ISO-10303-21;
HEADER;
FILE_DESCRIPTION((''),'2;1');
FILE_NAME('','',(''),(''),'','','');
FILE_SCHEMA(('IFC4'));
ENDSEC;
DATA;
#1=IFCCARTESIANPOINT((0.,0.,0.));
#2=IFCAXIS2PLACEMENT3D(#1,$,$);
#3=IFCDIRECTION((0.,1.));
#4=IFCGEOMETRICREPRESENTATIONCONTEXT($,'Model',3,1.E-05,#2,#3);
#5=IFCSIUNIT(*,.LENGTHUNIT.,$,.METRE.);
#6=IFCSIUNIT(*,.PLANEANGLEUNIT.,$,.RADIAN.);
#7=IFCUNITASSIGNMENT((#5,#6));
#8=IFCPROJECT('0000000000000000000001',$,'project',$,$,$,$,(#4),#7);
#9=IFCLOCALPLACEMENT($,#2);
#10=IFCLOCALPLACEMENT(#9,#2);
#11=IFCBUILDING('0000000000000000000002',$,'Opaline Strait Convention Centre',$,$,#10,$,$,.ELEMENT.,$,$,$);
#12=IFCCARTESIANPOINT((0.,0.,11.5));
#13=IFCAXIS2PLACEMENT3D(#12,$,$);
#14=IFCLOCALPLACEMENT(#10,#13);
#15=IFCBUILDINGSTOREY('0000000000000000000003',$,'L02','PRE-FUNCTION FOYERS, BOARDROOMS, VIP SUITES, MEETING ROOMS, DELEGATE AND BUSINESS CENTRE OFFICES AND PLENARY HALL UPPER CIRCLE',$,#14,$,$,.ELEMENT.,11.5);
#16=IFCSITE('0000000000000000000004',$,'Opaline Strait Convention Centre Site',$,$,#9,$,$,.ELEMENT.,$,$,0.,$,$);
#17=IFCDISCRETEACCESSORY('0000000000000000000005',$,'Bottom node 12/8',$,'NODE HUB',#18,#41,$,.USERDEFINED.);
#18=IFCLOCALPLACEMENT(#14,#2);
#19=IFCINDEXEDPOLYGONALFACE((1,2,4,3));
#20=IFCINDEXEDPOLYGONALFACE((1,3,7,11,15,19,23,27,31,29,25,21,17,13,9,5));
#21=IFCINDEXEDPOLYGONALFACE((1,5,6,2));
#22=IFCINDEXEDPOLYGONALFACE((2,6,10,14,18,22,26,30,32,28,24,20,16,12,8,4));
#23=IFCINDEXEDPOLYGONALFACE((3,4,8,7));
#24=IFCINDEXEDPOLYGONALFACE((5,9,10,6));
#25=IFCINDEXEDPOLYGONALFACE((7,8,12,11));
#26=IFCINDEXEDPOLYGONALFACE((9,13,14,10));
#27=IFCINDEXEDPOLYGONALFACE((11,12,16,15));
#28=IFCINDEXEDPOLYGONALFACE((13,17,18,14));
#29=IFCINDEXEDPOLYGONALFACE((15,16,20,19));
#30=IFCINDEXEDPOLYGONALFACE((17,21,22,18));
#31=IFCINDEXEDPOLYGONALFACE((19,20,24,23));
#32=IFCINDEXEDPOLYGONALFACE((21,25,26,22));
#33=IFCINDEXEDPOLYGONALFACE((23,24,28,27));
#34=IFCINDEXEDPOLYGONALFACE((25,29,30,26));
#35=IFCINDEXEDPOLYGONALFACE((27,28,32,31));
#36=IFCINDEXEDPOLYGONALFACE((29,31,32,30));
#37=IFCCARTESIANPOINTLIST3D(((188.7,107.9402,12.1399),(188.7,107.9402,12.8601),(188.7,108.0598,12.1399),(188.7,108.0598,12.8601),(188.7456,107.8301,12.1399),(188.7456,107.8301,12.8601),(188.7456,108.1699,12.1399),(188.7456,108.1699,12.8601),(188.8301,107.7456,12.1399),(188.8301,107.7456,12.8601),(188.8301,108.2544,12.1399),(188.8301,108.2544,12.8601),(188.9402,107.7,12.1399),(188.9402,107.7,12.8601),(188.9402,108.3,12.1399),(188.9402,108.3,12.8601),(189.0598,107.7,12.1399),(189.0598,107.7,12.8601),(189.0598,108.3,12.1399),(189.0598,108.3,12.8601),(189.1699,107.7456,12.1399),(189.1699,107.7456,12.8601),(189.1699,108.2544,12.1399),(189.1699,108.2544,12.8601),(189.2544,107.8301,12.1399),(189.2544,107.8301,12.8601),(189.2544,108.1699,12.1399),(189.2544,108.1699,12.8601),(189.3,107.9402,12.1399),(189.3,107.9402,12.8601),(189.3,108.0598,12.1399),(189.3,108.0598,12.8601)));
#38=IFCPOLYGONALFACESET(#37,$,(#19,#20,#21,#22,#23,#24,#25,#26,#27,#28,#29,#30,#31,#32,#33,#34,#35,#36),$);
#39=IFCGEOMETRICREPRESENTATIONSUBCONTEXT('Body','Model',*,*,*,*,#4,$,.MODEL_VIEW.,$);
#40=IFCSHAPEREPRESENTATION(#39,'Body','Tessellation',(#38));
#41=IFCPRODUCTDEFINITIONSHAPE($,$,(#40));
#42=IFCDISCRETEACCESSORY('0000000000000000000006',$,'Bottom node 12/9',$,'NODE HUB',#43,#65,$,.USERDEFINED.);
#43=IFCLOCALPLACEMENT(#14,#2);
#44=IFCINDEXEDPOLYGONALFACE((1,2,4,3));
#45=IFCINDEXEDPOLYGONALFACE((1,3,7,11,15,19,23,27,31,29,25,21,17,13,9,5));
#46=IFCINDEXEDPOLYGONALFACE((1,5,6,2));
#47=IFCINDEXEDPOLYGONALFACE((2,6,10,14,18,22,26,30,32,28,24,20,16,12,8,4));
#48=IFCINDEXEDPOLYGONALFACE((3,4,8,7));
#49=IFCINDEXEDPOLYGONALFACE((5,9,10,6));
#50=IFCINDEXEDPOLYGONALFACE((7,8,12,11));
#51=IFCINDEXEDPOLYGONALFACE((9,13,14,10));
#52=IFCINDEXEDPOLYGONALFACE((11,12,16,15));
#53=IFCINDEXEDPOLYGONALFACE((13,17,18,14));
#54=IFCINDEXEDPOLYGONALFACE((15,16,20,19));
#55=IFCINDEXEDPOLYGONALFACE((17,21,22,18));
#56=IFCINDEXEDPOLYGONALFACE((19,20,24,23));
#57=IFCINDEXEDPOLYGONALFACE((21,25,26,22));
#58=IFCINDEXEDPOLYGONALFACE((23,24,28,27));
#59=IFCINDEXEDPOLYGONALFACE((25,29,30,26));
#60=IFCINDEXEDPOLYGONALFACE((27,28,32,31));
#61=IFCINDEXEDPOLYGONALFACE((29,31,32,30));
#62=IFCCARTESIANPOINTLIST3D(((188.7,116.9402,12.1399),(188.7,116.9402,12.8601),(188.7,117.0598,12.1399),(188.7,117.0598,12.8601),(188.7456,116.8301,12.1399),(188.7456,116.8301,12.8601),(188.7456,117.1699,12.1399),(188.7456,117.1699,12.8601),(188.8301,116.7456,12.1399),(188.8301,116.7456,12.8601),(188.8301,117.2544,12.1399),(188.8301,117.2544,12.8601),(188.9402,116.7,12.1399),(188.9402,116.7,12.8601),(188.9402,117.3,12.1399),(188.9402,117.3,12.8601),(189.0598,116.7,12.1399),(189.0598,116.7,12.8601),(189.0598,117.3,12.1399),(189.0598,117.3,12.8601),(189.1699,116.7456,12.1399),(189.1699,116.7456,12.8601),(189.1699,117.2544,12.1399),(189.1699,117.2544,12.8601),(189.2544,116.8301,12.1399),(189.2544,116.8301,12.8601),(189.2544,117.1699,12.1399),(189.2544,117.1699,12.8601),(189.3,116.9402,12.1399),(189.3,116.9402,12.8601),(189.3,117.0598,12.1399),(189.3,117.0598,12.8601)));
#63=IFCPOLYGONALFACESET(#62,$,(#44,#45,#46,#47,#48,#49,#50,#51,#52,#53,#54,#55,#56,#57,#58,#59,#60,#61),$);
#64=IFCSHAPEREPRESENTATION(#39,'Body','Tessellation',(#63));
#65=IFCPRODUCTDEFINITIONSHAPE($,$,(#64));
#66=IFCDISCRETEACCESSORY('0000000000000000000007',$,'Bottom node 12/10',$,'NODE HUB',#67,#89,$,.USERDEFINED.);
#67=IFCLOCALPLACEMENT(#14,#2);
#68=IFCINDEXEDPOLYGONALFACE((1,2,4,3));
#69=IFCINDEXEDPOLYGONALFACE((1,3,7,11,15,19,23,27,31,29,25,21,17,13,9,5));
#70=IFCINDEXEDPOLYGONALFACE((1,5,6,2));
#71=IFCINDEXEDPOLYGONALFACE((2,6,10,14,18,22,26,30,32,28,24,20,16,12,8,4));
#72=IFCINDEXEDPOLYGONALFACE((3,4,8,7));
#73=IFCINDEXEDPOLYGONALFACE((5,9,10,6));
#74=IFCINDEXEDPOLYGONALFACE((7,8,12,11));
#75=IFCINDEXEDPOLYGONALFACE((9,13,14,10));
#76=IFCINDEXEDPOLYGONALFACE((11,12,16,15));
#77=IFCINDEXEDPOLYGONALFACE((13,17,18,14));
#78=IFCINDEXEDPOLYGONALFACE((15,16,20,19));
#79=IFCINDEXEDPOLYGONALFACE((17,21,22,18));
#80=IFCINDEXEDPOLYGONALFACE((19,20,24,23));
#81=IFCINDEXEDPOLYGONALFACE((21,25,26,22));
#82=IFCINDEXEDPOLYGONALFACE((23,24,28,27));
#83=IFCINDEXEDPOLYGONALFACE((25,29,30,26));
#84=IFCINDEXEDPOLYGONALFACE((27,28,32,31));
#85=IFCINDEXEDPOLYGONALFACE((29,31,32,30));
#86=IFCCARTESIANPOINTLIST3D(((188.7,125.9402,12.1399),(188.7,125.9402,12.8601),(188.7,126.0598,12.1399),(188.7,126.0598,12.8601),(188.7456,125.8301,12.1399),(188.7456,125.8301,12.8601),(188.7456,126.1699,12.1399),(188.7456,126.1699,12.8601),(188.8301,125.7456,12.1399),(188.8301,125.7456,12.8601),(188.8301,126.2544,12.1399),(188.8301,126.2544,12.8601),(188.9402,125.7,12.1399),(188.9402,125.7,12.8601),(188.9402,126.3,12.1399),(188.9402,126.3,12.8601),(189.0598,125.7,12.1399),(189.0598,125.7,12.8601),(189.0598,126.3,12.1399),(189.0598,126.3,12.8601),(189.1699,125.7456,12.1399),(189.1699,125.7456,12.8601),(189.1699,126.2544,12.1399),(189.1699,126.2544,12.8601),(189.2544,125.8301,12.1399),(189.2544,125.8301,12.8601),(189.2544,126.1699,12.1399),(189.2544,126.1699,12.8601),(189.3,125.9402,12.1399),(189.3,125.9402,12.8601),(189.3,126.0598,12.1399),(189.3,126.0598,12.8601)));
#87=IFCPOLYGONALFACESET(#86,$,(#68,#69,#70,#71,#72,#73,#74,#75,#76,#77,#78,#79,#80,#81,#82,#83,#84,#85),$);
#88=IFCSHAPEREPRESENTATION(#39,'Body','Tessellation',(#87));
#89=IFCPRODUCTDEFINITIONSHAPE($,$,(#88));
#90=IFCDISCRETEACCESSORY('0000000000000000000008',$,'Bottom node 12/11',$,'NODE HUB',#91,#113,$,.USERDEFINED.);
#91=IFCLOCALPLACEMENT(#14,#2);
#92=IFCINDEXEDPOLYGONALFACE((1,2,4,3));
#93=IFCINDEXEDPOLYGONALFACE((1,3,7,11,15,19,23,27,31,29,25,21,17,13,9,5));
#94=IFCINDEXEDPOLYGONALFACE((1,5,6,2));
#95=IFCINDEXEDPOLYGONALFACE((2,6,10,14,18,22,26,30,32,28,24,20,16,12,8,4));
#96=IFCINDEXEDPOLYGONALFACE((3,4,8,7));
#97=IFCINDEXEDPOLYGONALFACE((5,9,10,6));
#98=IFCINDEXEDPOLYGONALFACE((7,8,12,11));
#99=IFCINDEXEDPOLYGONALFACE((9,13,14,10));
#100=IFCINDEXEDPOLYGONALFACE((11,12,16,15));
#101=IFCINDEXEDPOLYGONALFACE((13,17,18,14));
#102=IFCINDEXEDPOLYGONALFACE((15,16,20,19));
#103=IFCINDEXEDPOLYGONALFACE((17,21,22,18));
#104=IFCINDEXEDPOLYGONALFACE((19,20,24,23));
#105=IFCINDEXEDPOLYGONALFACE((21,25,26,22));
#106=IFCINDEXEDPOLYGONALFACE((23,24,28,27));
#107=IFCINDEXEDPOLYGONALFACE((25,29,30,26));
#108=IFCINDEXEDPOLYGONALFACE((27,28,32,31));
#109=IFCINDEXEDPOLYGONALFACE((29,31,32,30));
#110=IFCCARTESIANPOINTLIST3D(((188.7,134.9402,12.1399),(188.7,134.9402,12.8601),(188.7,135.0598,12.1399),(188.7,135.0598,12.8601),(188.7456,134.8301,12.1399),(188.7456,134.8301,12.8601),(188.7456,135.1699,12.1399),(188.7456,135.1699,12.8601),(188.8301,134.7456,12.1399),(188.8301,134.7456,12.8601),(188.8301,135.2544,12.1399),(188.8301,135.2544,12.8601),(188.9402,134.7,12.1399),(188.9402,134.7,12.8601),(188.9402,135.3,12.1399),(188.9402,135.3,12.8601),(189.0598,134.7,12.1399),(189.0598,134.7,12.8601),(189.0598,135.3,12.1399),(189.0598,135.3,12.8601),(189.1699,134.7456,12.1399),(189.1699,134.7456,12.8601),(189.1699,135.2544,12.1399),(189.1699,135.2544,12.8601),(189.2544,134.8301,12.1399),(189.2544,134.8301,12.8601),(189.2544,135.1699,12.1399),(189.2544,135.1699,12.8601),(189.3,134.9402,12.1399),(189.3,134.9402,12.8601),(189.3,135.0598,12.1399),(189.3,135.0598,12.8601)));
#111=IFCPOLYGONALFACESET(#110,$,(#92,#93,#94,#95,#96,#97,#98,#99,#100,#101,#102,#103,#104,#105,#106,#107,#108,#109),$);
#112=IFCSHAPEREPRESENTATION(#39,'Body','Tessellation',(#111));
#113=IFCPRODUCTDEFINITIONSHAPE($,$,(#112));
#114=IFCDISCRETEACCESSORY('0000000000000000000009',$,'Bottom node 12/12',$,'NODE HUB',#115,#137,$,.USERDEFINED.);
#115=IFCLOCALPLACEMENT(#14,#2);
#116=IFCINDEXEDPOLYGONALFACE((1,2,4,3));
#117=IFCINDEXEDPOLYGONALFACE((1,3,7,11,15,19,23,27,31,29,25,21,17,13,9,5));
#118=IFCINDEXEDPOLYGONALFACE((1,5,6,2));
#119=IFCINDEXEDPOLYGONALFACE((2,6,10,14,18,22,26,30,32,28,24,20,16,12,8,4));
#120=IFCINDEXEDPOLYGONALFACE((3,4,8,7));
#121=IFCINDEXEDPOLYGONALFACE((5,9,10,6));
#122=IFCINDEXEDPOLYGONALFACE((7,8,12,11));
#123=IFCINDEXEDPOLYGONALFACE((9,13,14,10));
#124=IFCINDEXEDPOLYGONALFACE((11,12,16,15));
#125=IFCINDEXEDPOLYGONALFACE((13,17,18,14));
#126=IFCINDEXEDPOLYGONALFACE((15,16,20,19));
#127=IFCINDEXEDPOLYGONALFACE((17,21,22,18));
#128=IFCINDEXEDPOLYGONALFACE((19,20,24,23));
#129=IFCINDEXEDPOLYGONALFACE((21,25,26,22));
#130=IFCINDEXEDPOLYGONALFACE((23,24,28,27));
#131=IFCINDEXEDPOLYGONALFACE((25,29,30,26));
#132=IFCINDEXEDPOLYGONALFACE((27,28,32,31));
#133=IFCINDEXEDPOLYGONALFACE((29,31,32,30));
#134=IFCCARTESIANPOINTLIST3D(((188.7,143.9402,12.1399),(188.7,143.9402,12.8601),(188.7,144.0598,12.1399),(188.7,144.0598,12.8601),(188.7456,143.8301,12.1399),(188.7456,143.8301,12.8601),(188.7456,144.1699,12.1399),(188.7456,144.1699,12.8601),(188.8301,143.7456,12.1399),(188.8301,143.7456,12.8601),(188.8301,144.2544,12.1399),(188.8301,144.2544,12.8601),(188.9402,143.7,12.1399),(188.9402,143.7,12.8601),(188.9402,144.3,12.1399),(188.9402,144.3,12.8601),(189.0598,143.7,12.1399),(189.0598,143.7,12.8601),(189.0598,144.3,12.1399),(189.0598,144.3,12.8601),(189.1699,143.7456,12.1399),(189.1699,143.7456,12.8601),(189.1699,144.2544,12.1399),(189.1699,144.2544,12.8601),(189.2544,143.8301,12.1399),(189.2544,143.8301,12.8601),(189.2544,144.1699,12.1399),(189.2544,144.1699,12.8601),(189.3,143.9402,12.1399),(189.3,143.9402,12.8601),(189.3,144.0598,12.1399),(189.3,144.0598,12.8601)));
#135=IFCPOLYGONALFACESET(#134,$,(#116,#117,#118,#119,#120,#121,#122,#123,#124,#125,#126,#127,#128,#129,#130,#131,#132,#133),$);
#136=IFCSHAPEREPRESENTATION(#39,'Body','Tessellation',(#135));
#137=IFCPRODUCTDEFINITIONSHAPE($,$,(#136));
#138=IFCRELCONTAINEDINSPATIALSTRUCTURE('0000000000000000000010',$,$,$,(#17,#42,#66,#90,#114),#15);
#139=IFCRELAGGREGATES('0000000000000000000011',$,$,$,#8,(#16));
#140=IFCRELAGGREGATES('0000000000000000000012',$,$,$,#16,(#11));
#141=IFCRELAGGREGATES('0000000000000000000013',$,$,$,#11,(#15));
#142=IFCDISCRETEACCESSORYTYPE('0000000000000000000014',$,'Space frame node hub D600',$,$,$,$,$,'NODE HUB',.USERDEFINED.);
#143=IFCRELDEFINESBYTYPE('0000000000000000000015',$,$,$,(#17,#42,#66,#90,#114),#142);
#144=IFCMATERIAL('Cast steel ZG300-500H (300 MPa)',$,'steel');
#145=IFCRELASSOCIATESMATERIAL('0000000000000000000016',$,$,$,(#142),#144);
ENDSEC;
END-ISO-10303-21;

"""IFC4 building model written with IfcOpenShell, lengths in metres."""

from ifc_helpers import new_model, si_unit, direction, frame, origin, place, context, subcontext, project, spatial, polyline, outline, extrude, material, type_object, element, save


model = new_model("IFC4")

# Units and contexts
model_context = context("Model", 3, precision=1e-05, world=origin(), true_north=direction((0.0, 1.0)))
body_context = subcontext(model_context, "Body", "Model", "MODEL_VIEW")
ifc_project = project(units=[si_unit("LENGTHUNIT", "METRE"), si_unit("PLANEANGLEUNIT", "RADIAN")], contexts=[model_context])

# Site, building, storey
site_placement = place(None, origin())
site = spatial("IfcSite", under=ifc_project, at=site_placement, Name="Opaline Strait Convention Centre Site", CompositionType="ELEMENT", RefElevation=0.0)
building_placement = place(site_placement, origin())
building = spatial("IfcBuilding", under=site, at=building_placement, Name="Opaline Strait Convention Centre", CompositionType="ELEMENT")
storey_placement = place(building_placement, frame((0.0, 0.0, 11.5)))
storey = spatial("IfcBuildingStorey", under=building, at=storey_placement, Name="L02", Description="PRE-FUNCTION FOYERS, BOARDROOMS, VIP SUITES, MEETING ROOMS, DELEGATE AND BUSINESS CENTRE OFFICES AND PLENARY HALL UPPER CIRCLE", CompositionType="ELEMENT", Elevation=11.5)

# Discrete accessories
ifc_material = material(Name="Cast steel ZG300-500H (300 MPa)", Category="steel")
discrete_accessory_type_1 = type_object("IfcDiscreteAccessoryType", Name="Space frame node hub D600", ElementType="NODE HUB", PredefinedType="USERDEFINED", material=ifc_material)
discrete_accessory_1_placement = place(storey_placement, frame((0.0, 0.0, 12.1399)))
element("IfcDiscreteAccessory", 1, at=discrete_accessory_1_placement, inside=storey, type_object=discrete_accessory_type_1, Name="Bottom node 12/8", ObjectType="NODE HUB", PredefinedType="USERDEFINED", context=body_context, shape_type="SweptSolid", body=[
    extrude(outline(polyline([(189.3, 108.0598), (189.2544, 108.1699), (189.1699, 108.2544), (189.0598, 108.3), (188.9402, 108.3), (188.8301, 108.2544), (188.7456, 108.1699), (188.7, 108.0598), (188.7, 107.9402), (188.7456, 107.8301), (188.8301, 107.7456), (188.9402, 107.7), (189.0598, 107.7), (189.1699, 107.7456), (189.2544, 107.8301), (189.3, 107.9402), (189.3, 108.0598)])), origin(), (0.0, 0.0, 1.0), 0.7202),
])
discrete_accessory_2_placement = place(storey_placement, frame((0.0, 0.0, 12.1399)))
element("IfcDiscreteAccessory", 2, at=discrete_accessory_2_placement, inside=storey, type_object=discrete_accessory_type_1, Name="Bottom node 12/9", ObjectType="NODE HUB", PredefinedType="USERDEFINED", context=body_context, shape_type="SweptSolid", body=[
    extrude(outline(polyline([(189.3, 117.0598), (189.2544, 117.1699), (189.1699, 117.2544), (189.0598, 117.3), (188.9402, 117.3), (188.8301, 117.2544), (188.7456, 117.1699), (188.7, 117.0598), (188.7, 116.9402), (188.7456, 116.8301), (188.8301, 116.7456), (188.9402, 116.7), (189.0598, 116.7), (189.1699, 116.7456), (189.2544, 116.8301), (189.3, 116.9402), (189.3, 117.0598)])), origin(), (0.0, 0.0, 1.0), 0.7202),
])
discrete_accessory_3_placement = place(storey_placement, frame((0.0, 0.0, 12.1399)))
element("IfcDiscreteAccessory", 3, at=discrete_accessory_3_placement, inside=storey, type_object=discrete_accessory_type_1, Name="Bottom node 12/10", ObjectType="NODE HUB", PredefinedType="USERDEFINED", context=body_context, shape_type="SweptSolid", body=[
    extrude(outline(polyline([(189.3, 126.0598), (189.2544, 126.1699), (189.1699, 126.2544), (189.0598, 126.3), (188.9402, 126.3), (188.8301, 126.2544), (188.7456, 126.1699), (188.7, 126.0598), (188.7, 125.9402), (188.7456, 125.8301), (188.8301, 125.7456), (188.9402, 125.7), (189.0598, 125.7), (189.1699, 125.7456), (189.2544, 125.8301), (189.3, 125.9402), (189.3, 126.0598)])), origin(), (0.0, 0.0, 1.0), 0.7202),
])
discrete_accessory_4_placement = place(storey_placement, frame((0.0, 0.0, 12.1399)))
element("IfcDiscreteAccessory", 4, at=discrete_accessory_4_placement, inside=storey, type_object=discrete_accessory_type_1, Name="Bottom node 12/11", ObjectType="NODE HUB", PredefinedType="USERDEFINED", context=body_context, shape_type="SweptSolid", body=[
    extrude(outline(polyline([(189.3, 135.0598), (189.2544, 135.1699), (189.1699, 135.2544), (189.0598, 135.3), (188.9402, 135.3), (188.8301, 135.2544), (188.7456, 135.1699), (188.7, 135.0598), (188.7, 134.9402), (188.7456, 134.8301), (188.8301, 134.7456), (188.9402, 134.7), (189.0598, 134.7), (189.1699, 134.7456), (189.2544, 134.8301), (189.3, 134.9402), (189.3, 135.0598)])), origin(), (0.0, 0.0, 1.0), 0.7202),
])
discrete_accessory_5_placement = place(storey_placement, frame((0.0, 0.0, 12.1399)))
element("IfcDiscreteAccessory", 5, at=discrete_accessory_5_placement, inside=storey, type_object=discrete_accessory_type_1, Name="Bottom node 12/12", ObjectType="NODE HUB", PredefinedType="USERDEFINED", context=body_context, shape_type="SweptSolid", body=[
    extrude(outline(polyline([(189.3, 144.0598), (189.2544, 144.1699), (189.1699, 144.2544), (189.0598, 144.3), (188.9402, 144.3), (188.8301, 144.2544), (188.7456, 144.1699), (188.7, 144.0598), (188.7, 143.9402), (188.7456, 143.8301), (188.8301, 143.7456), (188.9402, 143.7), (189.0598, 143.7), (189.1699, 143.7456), (189.2544, 143.8301), (189.3, 143.9402), (189.3, 144.0598)])), origin(), (0.0, 0.0, 1.0), 0.7202),
])

save(model, "model.ifc")
